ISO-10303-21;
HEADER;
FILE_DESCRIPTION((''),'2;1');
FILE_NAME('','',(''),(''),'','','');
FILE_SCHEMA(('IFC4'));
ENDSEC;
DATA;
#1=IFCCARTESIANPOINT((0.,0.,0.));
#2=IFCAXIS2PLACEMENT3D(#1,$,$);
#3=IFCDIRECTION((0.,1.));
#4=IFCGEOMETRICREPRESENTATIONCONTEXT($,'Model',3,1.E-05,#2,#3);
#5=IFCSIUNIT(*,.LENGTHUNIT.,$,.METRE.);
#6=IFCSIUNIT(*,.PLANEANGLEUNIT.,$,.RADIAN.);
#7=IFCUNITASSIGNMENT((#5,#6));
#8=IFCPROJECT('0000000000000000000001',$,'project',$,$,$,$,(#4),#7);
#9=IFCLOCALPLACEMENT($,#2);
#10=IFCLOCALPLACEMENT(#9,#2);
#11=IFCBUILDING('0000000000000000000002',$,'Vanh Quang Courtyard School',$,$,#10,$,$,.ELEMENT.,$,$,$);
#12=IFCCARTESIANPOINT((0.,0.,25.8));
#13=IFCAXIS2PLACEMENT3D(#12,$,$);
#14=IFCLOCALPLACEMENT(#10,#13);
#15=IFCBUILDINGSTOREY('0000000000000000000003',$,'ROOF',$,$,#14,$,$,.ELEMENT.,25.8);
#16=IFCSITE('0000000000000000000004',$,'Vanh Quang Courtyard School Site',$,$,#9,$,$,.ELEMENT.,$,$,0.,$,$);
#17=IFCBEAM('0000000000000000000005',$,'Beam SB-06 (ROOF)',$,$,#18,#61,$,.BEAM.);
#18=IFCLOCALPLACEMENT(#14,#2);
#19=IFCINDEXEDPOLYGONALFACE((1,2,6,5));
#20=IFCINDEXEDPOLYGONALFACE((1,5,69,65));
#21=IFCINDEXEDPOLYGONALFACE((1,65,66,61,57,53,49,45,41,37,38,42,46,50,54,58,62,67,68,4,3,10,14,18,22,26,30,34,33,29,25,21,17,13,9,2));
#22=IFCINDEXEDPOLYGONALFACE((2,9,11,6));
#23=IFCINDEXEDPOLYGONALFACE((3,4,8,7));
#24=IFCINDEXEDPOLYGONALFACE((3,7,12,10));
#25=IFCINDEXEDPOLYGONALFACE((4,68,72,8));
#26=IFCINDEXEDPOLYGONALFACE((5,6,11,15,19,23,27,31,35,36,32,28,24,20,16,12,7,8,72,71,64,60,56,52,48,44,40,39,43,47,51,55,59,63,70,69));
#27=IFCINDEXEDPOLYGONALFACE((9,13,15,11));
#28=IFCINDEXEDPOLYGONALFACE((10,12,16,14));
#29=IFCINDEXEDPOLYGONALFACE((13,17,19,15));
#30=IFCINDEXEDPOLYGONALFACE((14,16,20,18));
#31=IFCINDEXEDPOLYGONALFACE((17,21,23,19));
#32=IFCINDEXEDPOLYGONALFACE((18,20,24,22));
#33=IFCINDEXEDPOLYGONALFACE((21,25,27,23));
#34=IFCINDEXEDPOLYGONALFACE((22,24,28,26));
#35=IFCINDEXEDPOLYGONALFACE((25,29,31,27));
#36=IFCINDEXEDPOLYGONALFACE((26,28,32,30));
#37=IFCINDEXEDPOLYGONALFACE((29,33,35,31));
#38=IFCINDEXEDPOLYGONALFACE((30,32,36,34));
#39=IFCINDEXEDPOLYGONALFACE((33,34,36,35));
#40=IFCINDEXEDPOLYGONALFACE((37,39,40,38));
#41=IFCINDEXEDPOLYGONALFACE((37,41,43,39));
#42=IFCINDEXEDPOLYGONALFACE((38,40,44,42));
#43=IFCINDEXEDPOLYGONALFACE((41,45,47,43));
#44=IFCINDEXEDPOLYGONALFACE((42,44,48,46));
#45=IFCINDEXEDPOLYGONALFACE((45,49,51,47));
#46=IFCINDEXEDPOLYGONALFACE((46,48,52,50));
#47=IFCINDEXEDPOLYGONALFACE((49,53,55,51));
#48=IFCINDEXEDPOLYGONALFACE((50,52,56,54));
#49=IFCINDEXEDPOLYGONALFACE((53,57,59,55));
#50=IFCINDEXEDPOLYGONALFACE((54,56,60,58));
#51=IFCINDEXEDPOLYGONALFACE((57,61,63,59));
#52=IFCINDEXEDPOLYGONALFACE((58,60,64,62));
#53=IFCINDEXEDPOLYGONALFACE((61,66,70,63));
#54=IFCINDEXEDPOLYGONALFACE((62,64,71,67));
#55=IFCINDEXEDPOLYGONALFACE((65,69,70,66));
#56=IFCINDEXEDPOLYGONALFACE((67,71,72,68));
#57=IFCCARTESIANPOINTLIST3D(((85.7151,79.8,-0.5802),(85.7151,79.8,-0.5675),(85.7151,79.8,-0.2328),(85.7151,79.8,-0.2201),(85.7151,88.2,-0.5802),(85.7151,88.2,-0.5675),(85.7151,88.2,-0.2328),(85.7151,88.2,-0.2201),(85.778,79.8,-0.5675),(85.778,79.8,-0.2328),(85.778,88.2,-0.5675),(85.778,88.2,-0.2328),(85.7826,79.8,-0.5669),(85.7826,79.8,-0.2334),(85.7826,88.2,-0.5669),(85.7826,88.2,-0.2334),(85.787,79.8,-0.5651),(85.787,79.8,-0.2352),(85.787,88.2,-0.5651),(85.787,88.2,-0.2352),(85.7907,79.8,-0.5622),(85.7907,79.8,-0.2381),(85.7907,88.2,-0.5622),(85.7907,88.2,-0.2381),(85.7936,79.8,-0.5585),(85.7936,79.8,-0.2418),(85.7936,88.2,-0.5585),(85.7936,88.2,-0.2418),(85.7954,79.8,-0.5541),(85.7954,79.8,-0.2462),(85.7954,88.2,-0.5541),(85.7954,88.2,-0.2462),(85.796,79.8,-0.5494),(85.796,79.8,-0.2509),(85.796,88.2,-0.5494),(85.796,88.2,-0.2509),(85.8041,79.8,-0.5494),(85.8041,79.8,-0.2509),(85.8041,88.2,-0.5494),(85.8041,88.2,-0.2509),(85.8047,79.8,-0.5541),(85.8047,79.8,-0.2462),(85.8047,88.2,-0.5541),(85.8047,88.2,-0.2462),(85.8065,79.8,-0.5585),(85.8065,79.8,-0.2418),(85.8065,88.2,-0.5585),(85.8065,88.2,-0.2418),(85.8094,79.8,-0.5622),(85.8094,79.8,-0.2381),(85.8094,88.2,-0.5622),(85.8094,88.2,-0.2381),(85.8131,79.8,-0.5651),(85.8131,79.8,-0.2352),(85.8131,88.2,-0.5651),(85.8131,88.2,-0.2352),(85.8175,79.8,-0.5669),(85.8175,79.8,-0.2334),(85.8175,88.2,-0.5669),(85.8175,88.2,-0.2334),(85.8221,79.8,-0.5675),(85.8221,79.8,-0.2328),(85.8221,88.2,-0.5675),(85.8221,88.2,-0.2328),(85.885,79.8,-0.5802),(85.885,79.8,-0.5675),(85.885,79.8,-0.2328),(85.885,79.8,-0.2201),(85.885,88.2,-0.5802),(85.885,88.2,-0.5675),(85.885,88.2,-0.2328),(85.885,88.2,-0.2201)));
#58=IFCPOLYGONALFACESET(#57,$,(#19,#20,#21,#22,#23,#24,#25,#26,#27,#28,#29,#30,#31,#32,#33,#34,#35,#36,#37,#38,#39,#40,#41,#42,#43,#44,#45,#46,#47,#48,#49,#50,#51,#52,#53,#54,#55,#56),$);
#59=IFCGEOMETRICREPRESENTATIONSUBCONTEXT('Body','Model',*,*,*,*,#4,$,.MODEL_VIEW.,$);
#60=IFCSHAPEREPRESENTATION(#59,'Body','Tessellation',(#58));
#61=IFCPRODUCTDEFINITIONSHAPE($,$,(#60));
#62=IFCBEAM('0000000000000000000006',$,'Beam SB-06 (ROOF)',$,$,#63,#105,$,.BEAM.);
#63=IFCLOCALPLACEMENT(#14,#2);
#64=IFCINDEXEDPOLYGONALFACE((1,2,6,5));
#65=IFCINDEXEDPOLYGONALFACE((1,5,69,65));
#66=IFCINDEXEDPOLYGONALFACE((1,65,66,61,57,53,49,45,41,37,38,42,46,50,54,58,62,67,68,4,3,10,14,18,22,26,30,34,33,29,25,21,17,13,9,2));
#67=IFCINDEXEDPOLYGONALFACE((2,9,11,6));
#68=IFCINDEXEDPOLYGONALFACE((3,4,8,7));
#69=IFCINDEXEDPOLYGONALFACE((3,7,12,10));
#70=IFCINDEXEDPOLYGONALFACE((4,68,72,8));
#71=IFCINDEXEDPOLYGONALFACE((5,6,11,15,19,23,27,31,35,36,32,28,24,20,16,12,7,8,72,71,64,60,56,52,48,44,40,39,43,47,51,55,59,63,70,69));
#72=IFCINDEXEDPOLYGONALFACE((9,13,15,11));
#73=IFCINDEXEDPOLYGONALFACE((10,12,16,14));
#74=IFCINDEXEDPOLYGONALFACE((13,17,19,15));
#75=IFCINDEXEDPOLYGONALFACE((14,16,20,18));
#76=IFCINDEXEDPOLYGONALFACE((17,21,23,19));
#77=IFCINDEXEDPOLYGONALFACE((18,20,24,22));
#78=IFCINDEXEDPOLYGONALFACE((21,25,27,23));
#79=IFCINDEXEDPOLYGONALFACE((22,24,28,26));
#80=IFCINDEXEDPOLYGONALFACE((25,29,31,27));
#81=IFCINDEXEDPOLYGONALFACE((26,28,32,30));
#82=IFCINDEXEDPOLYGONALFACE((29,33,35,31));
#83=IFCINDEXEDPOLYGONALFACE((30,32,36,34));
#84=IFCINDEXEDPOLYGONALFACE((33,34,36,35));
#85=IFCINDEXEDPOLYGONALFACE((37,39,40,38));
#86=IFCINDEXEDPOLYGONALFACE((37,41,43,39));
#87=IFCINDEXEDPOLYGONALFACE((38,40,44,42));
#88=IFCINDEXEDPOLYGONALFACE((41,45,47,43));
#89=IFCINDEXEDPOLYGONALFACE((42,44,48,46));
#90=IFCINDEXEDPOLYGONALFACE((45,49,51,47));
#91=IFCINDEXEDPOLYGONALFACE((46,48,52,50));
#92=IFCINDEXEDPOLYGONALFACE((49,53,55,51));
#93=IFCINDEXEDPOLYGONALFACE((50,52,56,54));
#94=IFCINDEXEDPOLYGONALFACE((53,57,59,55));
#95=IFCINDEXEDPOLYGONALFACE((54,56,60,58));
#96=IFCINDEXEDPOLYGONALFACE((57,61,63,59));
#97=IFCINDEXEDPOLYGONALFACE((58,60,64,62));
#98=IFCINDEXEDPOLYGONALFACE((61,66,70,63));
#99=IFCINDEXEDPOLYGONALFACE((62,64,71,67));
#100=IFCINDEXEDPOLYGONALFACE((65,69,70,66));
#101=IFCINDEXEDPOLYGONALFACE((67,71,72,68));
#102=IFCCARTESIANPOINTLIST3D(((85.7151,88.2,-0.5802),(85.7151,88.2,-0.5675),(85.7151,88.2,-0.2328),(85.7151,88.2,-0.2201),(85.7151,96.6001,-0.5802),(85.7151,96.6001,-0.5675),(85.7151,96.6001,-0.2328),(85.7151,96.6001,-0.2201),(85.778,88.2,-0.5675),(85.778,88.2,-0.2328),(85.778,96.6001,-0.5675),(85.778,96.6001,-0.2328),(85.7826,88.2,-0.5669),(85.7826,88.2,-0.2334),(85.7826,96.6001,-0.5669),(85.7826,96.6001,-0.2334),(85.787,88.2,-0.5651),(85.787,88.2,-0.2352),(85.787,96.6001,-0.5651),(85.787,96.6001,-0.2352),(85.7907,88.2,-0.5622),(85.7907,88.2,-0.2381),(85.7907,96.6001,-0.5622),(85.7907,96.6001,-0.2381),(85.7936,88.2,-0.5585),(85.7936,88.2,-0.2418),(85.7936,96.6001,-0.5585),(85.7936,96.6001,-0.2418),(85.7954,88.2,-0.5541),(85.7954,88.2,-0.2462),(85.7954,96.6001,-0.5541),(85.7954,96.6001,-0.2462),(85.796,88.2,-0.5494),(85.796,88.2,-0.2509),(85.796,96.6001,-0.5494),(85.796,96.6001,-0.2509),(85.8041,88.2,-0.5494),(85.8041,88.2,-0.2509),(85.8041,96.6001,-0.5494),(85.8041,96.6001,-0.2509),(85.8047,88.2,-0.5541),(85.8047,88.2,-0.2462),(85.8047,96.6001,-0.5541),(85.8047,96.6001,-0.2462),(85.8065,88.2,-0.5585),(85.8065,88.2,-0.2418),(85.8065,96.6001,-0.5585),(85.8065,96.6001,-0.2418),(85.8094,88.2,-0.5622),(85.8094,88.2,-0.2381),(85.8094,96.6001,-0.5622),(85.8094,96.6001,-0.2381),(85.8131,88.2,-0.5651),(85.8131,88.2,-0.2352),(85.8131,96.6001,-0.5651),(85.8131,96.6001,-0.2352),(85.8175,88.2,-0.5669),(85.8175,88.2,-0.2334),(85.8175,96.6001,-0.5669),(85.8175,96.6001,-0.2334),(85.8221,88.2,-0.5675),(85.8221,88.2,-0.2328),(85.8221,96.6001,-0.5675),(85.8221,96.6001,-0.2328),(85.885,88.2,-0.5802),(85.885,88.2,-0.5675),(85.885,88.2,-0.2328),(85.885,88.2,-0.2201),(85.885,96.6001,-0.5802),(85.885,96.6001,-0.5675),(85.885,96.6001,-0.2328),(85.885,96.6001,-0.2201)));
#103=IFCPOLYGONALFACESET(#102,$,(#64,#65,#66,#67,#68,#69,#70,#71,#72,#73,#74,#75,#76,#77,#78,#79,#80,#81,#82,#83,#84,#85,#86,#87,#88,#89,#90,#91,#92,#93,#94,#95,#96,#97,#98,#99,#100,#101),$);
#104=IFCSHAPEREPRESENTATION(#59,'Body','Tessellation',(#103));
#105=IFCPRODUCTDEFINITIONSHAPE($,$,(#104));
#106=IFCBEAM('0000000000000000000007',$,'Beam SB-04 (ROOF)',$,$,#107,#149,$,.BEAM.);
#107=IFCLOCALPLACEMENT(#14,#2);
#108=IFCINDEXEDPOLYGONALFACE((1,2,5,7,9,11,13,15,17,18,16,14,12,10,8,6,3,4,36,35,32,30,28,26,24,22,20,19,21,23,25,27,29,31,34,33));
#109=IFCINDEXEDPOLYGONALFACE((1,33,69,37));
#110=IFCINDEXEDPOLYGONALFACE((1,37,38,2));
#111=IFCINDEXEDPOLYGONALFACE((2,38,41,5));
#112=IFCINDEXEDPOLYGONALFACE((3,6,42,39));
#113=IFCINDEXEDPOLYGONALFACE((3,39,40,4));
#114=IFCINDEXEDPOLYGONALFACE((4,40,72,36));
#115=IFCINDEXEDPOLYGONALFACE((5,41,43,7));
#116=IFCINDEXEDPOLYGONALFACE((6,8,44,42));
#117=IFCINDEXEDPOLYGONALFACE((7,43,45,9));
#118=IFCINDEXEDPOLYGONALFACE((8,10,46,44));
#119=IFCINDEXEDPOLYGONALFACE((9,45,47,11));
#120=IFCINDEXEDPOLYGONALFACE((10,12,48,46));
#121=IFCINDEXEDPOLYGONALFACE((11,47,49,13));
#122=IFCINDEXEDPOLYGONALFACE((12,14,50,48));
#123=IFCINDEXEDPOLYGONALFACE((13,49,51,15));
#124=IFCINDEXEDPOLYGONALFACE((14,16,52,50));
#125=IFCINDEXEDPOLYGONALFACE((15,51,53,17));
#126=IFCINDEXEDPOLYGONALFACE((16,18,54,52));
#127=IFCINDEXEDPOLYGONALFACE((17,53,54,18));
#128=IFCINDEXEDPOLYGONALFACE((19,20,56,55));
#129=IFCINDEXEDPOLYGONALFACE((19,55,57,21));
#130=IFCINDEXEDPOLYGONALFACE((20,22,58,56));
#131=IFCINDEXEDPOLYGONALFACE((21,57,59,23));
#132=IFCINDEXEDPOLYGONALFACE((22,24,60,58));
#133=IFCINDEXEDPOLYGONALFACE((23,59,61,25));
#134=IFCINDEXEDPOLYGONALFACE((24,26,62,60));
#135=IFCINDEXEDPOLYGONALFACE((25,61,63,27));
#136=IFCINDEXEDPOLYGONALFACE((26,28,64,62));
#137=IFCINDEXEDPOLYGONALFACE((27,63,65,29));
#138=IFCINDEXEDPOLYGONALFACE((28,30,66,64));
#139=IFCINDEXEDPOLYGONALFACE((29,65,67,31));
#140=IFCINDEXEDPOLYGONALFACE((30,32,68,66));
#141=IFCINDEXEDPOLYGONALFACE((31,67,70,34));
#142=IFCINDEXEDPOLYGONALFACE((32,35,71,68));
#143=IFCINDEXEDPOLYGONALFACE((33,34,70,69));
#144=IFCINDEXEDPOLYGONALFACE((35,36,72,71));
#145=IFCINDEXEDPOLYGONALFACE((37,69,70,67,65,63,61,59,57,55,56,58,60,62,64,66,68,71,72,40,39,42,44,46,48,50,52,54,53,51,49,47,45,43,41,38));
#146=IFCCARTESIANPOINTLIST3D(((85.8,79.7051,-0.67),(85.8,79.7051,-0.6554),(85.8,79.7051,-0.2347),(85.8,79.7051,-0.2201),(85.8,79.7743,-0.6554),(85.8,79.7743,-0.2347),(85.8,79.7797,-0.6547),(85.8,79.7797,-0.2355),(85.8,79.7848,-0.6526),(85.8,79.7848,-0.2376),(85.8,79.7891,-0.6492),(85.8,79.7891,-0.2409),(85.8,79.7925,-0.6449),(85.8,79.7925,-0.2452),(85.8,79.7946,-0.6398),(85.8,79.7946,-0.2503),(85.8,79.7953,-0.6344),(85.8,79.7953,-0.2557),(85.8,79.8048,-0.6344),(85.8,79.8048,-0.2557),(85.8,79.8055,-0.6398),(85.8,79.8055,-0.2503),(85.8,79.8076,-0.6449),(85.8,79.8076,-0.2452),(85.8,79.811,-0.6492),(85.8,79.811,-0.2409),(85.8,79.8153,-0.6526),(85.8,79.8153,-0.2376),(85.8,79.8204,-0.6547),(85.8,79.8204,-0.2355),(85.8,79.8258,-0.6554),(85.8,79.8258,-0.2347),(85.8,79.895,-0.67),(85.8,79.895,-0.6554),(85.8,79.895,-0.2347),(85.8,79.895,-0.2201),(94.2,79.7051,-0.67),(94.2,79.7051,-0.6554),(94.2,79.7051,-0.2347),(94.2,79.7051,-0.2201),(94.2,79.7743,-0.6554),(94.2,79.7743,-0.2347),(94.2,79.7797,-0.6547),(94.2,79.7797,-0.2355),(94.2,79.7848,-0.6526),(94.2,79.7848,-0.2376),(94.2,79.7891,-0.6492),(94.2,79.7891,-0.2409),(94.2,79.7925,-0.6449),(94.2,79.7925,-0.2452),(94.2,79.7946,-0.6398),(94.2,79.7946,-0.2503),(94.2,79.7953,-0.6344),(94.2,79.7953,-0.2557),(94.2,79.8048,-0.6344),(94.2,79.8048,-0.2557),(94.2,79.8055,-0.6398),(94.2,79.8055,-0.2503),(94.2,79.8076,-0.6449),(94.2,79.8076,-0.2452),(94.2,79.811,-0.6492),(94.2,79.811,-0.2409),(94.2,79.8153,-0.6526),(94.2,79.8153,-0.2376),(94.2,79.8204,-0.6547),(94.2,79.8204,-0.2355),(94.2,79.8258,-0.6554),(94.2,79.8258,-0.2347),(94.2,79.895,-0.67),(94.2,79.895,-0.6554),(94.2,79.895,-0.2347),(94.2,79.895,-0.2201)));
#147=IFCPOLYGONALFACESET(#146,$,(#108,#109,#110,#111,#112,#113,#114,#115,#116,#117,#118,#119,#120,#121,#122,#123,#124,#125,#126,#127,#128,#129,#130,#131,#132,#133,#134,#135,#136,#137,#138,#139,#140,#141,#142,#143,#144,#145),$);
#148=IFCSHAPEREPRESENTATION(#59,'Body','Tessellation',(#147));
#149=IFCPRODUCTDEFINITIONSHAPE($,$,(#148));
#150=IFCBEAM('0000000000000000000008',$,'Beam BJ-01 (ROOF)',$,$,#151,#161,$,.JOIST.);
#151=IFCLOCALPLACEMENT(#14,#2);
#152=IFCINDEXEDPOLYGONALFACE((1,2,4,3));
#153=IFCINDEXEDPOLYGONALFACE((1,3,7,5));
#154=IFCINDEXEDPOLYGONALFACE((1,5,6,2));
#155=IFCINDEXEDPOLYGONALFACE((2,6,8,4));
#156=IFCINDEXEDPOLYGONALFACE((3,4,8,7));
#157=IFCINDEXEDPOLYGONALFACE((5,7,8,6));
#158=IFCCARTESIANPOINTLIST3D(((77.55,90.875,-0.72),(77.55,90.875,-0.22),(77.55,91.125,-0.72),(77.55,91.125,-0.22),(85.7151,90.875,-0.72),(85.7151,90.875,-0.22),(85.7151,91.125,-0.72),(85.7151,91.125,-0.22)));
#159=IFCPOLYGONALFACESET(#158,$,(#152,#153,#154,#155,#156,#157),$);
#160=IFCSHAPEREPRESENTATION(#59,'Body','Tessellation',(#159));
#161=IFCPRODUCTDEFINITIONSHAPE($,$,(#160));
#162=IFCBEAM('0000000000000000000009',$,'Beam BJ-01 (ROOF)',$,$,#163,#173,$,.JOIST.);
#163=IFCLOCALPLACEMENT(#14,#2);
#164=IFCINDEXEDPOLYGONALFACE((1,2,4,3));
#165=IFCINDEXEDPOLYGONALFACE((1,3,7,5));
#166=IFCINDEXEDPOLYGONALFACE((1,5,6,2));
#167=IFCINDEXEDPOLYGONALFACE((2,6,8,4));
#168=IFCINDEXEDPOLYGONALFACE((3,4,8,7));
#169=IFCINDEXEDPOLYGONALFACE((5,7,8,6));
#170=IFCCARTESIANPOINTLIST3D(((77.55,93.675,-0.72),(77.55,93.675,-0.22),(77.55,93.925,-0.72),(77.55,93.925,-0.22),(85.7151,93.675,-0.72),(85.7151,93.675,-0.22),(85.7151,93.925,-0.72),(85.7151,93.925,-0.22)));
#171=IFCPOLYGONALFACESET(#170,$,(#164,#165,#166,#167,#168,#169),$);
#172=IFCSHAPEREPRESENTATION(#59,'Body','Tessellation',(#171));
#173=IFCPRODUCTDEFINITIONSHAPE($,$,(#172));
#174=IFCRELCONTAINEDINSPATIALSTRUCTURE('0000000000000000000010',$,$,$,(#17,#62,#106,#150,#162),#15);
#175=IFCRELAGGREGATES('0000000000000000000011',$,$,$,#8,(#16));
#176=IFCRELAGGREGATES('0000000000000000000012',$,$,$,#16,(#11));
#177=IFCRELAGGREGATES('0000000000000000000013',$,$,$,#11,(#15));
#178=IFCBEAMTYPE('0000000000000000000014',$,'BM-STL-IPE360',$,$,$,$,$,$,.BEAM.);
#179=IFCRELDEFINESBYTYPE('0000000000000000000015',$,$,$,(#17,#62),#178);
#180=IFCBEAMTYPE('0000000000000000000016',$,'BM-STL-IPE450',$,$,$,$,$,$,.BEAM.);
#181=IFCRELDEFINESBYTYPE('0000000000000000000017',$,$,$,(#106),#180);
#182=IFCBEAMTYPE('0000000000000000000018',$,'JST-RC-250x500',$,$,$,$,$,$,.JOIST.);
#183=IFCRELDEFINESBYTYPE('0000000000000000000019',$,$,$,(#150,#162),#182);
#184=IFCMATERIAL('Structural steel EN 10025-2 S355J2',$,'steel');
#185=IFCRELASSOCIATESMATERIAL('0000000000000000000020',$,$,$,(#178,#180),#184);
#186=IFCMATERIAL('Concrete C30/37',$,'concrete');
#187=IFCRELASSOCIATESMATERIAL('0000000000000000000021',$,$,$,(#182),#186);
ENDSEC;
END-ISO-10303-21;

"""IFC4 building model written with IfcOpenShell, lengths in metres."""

from ifc_helpers import new_model, si_unit, direction, frame, origin, origin_2d, place, context, subcontext, project, spatial, rectangle, i_section, extrude, material, material_profile, profile_set, type_object, element, save


model = new_model("IFC4")

# Units and contexts
model_context = context("Model", 3, precision=1e-05, world=origin(), true_north=direction((0.0, 1.0)))
body_context = subcontext(model_context, "Body", "Model", "MODEL_VIEW")
ifc_project = project(units=[si_unit("LENGTHUNIT", "METRE"), si_unit("PLANEANGLEUNIT", "RADIAN")], contexts=[model_context])

# Site, building, storey
site_placement = place(None, origin())
site = spatial("IfcSite", under=ifc_project, at=site_placement, Name="Vanh Quang Courtyard School Site", CompositionType="ELEMENT", RefElevation=0.0)
building_placement = place(site_placement, origin())
building = spatial("IfcBuilding", under=site, at=building_placement, Name="Vanh Quang Courtyard School", CompositionType="ELEMENT")
storey_placement = place(building_placement, frame((0.0, 0.0, 25.8)))
storey = spatial("IfcBuildingStorey", under=building, at=storey_placement, Name="ROOF", CompositionType="ELEMENT", Elevation=25.8)

# Beams
ifc_material_1 = material(Name="Structural steel EN 10025-2 S355J2", Category="steel")
ifc_material_profile_1 = material_profile(ifc_material_1, i_section(OverallWidth=0.1699, OverallDepth=0.3601, WebThickness=0.0081, FlangeThickness=0.0127, FilletRadius=0.0181, at=origin_2d()), Name="IPE 360")
ifc_profile_set_1 = profile_set([ifc_material_profile_1], Name="Structural steel EN 10025-2 S355J2")
beam_type_1 = type_object("IfcBeamType", Name="BM-STL-IPE360", PredefinedType="BEAM", material=ifc_profile_set_1)
beam_1_placement = place(storey_placement, frame((85.8, 79.8, -0.4001), z_axis=(0.0, 1.0, 0.0), x_axis=(-1.0, 0.0, 0.0)))
element("IfcBeam", 1, at=beam_1_placement, inside=storey, type_object=beam_type_1, Name="Beam SB-06 (ROOF)", PredefinedType="BEAM", context=body_context, shape_type="SweptSolid", body=[
    extrude(i_section(OverallWidth=0.1699, OverallDepth=0.3601, WebThickness=0.0081, FlangeThickness=0.0127, FilletRadius=0.0181, at=origin_2d()), origin(), (0.0, 0.0, 1.0), 8.3999),
])
beam_2_placement = place(storey_placement, frame((85.8, 88.2, -0.4001), z_axis=(0.0, 1.0, 0.0), x_axis=(-1.0, 0.0, 0.0)))
element("IfcBeam", 2, at=beam_2_placement, inside=storey, type_object=beam_type_1, Name="Beam SB-06 (ROOF)", PredefinedType="BEAM", context=body_context, shape_type="SweptSolid", body=[
    extrude(i_section(OverallWidth=0.1699, OverallDepth=0.3601, WebThickness=0.0081, FlangeThickness=0.0127, FilletRadius=0.0181, at=origin_2d()), origin(), (0.0, 0.0, 1.0), 8.4001),
])
ifc_material_profile_2 = material_profile(ifc_material_1, i_section(OverallWidth=0.1899, OverallDepth=0.45, WebThickness=0.0095, FlangeThickness=0.0146, FilletRadius=0.021, at=origin_2d()), Name="IPE 450")
ifc_profile_set_2 = profile_set([ifc_material_profile_2], Name="Structural steel EN 10025-2 S355J2")
beam_type_2 = type_object("IfcBeamType", Name="BM-STL-IPE450", PredefinedType="BEAM", material=ifc_profile_set_2)
beam_3_placement = place(storey_placement, frame((85.8, 79.8, -0.4451), z_axis=(1.0, 0.0, 0.0), x_axis=(0.0, 1.0, 0.0)))
element("IfcBeam", 3, at=beam_3_placement, inside=storey, type_object=beam_type_2, Name="Beam SB-04 (ROOF)", PredefinedType="BEAM", context=body_context, shape_type="SweptSolid", body=[
    extrude(i_section(OverallWidth=0.1899, OverallDepth=0.45, WebThickness=0.0095, FlangeThickness=0.0146, FilletRadius=0.021, at=origin_2d()), origin(), (0.0, 0.0, 1.0), 8.3999),
])
ifc_material_2 = material(Name="Concrete C30/37", Category="concrete")
ifc_material_profile_3 = material_profile(ifc_material_2, rectangle(XDim=0.25, YDim=0.5, at=origin_2d()), Name="RC-JST 250x500")
ifc_profile_set_3 = profile_set([ifc_material_profile_3], Name="Concrete C30/37")
beam_type_3 = type_object("IfcBeamType", Name="JST-RC-250x500", PredefinedType="JOIST", material=ifc_profile_set_3)
for number, where, z_axis, x_axis, name in (
    (4, (77.55, 91.0, -0.47), (1.0, 0.0, 0.0), (0.0, 1.0, 0.0), "Beam BJ-01 (ROOF)"),
    (5, (77.55, 93.8, -0.47), (1.0, 0.0, 0.0), (0.0, 1.0, 0.0), "Beam BJ-01 (ROOF)"),
):
    element("IfcBeam", number, at=place(storey_placement, frame(where, z_axis=z_axis, x_axis=x_axis)), inside=storey, type_object=beam_type_3, Name=name, PredefinedType="JOIST", context=body_context, shape_type="SweptSolid", body=[
        extrude(rectangle(XDim=0.25, YDim=0.5, at=origin_2d()), origin(), (0.0, 0.0, 1.0), 8.165),
    ])

save(model, "model.ifc")
